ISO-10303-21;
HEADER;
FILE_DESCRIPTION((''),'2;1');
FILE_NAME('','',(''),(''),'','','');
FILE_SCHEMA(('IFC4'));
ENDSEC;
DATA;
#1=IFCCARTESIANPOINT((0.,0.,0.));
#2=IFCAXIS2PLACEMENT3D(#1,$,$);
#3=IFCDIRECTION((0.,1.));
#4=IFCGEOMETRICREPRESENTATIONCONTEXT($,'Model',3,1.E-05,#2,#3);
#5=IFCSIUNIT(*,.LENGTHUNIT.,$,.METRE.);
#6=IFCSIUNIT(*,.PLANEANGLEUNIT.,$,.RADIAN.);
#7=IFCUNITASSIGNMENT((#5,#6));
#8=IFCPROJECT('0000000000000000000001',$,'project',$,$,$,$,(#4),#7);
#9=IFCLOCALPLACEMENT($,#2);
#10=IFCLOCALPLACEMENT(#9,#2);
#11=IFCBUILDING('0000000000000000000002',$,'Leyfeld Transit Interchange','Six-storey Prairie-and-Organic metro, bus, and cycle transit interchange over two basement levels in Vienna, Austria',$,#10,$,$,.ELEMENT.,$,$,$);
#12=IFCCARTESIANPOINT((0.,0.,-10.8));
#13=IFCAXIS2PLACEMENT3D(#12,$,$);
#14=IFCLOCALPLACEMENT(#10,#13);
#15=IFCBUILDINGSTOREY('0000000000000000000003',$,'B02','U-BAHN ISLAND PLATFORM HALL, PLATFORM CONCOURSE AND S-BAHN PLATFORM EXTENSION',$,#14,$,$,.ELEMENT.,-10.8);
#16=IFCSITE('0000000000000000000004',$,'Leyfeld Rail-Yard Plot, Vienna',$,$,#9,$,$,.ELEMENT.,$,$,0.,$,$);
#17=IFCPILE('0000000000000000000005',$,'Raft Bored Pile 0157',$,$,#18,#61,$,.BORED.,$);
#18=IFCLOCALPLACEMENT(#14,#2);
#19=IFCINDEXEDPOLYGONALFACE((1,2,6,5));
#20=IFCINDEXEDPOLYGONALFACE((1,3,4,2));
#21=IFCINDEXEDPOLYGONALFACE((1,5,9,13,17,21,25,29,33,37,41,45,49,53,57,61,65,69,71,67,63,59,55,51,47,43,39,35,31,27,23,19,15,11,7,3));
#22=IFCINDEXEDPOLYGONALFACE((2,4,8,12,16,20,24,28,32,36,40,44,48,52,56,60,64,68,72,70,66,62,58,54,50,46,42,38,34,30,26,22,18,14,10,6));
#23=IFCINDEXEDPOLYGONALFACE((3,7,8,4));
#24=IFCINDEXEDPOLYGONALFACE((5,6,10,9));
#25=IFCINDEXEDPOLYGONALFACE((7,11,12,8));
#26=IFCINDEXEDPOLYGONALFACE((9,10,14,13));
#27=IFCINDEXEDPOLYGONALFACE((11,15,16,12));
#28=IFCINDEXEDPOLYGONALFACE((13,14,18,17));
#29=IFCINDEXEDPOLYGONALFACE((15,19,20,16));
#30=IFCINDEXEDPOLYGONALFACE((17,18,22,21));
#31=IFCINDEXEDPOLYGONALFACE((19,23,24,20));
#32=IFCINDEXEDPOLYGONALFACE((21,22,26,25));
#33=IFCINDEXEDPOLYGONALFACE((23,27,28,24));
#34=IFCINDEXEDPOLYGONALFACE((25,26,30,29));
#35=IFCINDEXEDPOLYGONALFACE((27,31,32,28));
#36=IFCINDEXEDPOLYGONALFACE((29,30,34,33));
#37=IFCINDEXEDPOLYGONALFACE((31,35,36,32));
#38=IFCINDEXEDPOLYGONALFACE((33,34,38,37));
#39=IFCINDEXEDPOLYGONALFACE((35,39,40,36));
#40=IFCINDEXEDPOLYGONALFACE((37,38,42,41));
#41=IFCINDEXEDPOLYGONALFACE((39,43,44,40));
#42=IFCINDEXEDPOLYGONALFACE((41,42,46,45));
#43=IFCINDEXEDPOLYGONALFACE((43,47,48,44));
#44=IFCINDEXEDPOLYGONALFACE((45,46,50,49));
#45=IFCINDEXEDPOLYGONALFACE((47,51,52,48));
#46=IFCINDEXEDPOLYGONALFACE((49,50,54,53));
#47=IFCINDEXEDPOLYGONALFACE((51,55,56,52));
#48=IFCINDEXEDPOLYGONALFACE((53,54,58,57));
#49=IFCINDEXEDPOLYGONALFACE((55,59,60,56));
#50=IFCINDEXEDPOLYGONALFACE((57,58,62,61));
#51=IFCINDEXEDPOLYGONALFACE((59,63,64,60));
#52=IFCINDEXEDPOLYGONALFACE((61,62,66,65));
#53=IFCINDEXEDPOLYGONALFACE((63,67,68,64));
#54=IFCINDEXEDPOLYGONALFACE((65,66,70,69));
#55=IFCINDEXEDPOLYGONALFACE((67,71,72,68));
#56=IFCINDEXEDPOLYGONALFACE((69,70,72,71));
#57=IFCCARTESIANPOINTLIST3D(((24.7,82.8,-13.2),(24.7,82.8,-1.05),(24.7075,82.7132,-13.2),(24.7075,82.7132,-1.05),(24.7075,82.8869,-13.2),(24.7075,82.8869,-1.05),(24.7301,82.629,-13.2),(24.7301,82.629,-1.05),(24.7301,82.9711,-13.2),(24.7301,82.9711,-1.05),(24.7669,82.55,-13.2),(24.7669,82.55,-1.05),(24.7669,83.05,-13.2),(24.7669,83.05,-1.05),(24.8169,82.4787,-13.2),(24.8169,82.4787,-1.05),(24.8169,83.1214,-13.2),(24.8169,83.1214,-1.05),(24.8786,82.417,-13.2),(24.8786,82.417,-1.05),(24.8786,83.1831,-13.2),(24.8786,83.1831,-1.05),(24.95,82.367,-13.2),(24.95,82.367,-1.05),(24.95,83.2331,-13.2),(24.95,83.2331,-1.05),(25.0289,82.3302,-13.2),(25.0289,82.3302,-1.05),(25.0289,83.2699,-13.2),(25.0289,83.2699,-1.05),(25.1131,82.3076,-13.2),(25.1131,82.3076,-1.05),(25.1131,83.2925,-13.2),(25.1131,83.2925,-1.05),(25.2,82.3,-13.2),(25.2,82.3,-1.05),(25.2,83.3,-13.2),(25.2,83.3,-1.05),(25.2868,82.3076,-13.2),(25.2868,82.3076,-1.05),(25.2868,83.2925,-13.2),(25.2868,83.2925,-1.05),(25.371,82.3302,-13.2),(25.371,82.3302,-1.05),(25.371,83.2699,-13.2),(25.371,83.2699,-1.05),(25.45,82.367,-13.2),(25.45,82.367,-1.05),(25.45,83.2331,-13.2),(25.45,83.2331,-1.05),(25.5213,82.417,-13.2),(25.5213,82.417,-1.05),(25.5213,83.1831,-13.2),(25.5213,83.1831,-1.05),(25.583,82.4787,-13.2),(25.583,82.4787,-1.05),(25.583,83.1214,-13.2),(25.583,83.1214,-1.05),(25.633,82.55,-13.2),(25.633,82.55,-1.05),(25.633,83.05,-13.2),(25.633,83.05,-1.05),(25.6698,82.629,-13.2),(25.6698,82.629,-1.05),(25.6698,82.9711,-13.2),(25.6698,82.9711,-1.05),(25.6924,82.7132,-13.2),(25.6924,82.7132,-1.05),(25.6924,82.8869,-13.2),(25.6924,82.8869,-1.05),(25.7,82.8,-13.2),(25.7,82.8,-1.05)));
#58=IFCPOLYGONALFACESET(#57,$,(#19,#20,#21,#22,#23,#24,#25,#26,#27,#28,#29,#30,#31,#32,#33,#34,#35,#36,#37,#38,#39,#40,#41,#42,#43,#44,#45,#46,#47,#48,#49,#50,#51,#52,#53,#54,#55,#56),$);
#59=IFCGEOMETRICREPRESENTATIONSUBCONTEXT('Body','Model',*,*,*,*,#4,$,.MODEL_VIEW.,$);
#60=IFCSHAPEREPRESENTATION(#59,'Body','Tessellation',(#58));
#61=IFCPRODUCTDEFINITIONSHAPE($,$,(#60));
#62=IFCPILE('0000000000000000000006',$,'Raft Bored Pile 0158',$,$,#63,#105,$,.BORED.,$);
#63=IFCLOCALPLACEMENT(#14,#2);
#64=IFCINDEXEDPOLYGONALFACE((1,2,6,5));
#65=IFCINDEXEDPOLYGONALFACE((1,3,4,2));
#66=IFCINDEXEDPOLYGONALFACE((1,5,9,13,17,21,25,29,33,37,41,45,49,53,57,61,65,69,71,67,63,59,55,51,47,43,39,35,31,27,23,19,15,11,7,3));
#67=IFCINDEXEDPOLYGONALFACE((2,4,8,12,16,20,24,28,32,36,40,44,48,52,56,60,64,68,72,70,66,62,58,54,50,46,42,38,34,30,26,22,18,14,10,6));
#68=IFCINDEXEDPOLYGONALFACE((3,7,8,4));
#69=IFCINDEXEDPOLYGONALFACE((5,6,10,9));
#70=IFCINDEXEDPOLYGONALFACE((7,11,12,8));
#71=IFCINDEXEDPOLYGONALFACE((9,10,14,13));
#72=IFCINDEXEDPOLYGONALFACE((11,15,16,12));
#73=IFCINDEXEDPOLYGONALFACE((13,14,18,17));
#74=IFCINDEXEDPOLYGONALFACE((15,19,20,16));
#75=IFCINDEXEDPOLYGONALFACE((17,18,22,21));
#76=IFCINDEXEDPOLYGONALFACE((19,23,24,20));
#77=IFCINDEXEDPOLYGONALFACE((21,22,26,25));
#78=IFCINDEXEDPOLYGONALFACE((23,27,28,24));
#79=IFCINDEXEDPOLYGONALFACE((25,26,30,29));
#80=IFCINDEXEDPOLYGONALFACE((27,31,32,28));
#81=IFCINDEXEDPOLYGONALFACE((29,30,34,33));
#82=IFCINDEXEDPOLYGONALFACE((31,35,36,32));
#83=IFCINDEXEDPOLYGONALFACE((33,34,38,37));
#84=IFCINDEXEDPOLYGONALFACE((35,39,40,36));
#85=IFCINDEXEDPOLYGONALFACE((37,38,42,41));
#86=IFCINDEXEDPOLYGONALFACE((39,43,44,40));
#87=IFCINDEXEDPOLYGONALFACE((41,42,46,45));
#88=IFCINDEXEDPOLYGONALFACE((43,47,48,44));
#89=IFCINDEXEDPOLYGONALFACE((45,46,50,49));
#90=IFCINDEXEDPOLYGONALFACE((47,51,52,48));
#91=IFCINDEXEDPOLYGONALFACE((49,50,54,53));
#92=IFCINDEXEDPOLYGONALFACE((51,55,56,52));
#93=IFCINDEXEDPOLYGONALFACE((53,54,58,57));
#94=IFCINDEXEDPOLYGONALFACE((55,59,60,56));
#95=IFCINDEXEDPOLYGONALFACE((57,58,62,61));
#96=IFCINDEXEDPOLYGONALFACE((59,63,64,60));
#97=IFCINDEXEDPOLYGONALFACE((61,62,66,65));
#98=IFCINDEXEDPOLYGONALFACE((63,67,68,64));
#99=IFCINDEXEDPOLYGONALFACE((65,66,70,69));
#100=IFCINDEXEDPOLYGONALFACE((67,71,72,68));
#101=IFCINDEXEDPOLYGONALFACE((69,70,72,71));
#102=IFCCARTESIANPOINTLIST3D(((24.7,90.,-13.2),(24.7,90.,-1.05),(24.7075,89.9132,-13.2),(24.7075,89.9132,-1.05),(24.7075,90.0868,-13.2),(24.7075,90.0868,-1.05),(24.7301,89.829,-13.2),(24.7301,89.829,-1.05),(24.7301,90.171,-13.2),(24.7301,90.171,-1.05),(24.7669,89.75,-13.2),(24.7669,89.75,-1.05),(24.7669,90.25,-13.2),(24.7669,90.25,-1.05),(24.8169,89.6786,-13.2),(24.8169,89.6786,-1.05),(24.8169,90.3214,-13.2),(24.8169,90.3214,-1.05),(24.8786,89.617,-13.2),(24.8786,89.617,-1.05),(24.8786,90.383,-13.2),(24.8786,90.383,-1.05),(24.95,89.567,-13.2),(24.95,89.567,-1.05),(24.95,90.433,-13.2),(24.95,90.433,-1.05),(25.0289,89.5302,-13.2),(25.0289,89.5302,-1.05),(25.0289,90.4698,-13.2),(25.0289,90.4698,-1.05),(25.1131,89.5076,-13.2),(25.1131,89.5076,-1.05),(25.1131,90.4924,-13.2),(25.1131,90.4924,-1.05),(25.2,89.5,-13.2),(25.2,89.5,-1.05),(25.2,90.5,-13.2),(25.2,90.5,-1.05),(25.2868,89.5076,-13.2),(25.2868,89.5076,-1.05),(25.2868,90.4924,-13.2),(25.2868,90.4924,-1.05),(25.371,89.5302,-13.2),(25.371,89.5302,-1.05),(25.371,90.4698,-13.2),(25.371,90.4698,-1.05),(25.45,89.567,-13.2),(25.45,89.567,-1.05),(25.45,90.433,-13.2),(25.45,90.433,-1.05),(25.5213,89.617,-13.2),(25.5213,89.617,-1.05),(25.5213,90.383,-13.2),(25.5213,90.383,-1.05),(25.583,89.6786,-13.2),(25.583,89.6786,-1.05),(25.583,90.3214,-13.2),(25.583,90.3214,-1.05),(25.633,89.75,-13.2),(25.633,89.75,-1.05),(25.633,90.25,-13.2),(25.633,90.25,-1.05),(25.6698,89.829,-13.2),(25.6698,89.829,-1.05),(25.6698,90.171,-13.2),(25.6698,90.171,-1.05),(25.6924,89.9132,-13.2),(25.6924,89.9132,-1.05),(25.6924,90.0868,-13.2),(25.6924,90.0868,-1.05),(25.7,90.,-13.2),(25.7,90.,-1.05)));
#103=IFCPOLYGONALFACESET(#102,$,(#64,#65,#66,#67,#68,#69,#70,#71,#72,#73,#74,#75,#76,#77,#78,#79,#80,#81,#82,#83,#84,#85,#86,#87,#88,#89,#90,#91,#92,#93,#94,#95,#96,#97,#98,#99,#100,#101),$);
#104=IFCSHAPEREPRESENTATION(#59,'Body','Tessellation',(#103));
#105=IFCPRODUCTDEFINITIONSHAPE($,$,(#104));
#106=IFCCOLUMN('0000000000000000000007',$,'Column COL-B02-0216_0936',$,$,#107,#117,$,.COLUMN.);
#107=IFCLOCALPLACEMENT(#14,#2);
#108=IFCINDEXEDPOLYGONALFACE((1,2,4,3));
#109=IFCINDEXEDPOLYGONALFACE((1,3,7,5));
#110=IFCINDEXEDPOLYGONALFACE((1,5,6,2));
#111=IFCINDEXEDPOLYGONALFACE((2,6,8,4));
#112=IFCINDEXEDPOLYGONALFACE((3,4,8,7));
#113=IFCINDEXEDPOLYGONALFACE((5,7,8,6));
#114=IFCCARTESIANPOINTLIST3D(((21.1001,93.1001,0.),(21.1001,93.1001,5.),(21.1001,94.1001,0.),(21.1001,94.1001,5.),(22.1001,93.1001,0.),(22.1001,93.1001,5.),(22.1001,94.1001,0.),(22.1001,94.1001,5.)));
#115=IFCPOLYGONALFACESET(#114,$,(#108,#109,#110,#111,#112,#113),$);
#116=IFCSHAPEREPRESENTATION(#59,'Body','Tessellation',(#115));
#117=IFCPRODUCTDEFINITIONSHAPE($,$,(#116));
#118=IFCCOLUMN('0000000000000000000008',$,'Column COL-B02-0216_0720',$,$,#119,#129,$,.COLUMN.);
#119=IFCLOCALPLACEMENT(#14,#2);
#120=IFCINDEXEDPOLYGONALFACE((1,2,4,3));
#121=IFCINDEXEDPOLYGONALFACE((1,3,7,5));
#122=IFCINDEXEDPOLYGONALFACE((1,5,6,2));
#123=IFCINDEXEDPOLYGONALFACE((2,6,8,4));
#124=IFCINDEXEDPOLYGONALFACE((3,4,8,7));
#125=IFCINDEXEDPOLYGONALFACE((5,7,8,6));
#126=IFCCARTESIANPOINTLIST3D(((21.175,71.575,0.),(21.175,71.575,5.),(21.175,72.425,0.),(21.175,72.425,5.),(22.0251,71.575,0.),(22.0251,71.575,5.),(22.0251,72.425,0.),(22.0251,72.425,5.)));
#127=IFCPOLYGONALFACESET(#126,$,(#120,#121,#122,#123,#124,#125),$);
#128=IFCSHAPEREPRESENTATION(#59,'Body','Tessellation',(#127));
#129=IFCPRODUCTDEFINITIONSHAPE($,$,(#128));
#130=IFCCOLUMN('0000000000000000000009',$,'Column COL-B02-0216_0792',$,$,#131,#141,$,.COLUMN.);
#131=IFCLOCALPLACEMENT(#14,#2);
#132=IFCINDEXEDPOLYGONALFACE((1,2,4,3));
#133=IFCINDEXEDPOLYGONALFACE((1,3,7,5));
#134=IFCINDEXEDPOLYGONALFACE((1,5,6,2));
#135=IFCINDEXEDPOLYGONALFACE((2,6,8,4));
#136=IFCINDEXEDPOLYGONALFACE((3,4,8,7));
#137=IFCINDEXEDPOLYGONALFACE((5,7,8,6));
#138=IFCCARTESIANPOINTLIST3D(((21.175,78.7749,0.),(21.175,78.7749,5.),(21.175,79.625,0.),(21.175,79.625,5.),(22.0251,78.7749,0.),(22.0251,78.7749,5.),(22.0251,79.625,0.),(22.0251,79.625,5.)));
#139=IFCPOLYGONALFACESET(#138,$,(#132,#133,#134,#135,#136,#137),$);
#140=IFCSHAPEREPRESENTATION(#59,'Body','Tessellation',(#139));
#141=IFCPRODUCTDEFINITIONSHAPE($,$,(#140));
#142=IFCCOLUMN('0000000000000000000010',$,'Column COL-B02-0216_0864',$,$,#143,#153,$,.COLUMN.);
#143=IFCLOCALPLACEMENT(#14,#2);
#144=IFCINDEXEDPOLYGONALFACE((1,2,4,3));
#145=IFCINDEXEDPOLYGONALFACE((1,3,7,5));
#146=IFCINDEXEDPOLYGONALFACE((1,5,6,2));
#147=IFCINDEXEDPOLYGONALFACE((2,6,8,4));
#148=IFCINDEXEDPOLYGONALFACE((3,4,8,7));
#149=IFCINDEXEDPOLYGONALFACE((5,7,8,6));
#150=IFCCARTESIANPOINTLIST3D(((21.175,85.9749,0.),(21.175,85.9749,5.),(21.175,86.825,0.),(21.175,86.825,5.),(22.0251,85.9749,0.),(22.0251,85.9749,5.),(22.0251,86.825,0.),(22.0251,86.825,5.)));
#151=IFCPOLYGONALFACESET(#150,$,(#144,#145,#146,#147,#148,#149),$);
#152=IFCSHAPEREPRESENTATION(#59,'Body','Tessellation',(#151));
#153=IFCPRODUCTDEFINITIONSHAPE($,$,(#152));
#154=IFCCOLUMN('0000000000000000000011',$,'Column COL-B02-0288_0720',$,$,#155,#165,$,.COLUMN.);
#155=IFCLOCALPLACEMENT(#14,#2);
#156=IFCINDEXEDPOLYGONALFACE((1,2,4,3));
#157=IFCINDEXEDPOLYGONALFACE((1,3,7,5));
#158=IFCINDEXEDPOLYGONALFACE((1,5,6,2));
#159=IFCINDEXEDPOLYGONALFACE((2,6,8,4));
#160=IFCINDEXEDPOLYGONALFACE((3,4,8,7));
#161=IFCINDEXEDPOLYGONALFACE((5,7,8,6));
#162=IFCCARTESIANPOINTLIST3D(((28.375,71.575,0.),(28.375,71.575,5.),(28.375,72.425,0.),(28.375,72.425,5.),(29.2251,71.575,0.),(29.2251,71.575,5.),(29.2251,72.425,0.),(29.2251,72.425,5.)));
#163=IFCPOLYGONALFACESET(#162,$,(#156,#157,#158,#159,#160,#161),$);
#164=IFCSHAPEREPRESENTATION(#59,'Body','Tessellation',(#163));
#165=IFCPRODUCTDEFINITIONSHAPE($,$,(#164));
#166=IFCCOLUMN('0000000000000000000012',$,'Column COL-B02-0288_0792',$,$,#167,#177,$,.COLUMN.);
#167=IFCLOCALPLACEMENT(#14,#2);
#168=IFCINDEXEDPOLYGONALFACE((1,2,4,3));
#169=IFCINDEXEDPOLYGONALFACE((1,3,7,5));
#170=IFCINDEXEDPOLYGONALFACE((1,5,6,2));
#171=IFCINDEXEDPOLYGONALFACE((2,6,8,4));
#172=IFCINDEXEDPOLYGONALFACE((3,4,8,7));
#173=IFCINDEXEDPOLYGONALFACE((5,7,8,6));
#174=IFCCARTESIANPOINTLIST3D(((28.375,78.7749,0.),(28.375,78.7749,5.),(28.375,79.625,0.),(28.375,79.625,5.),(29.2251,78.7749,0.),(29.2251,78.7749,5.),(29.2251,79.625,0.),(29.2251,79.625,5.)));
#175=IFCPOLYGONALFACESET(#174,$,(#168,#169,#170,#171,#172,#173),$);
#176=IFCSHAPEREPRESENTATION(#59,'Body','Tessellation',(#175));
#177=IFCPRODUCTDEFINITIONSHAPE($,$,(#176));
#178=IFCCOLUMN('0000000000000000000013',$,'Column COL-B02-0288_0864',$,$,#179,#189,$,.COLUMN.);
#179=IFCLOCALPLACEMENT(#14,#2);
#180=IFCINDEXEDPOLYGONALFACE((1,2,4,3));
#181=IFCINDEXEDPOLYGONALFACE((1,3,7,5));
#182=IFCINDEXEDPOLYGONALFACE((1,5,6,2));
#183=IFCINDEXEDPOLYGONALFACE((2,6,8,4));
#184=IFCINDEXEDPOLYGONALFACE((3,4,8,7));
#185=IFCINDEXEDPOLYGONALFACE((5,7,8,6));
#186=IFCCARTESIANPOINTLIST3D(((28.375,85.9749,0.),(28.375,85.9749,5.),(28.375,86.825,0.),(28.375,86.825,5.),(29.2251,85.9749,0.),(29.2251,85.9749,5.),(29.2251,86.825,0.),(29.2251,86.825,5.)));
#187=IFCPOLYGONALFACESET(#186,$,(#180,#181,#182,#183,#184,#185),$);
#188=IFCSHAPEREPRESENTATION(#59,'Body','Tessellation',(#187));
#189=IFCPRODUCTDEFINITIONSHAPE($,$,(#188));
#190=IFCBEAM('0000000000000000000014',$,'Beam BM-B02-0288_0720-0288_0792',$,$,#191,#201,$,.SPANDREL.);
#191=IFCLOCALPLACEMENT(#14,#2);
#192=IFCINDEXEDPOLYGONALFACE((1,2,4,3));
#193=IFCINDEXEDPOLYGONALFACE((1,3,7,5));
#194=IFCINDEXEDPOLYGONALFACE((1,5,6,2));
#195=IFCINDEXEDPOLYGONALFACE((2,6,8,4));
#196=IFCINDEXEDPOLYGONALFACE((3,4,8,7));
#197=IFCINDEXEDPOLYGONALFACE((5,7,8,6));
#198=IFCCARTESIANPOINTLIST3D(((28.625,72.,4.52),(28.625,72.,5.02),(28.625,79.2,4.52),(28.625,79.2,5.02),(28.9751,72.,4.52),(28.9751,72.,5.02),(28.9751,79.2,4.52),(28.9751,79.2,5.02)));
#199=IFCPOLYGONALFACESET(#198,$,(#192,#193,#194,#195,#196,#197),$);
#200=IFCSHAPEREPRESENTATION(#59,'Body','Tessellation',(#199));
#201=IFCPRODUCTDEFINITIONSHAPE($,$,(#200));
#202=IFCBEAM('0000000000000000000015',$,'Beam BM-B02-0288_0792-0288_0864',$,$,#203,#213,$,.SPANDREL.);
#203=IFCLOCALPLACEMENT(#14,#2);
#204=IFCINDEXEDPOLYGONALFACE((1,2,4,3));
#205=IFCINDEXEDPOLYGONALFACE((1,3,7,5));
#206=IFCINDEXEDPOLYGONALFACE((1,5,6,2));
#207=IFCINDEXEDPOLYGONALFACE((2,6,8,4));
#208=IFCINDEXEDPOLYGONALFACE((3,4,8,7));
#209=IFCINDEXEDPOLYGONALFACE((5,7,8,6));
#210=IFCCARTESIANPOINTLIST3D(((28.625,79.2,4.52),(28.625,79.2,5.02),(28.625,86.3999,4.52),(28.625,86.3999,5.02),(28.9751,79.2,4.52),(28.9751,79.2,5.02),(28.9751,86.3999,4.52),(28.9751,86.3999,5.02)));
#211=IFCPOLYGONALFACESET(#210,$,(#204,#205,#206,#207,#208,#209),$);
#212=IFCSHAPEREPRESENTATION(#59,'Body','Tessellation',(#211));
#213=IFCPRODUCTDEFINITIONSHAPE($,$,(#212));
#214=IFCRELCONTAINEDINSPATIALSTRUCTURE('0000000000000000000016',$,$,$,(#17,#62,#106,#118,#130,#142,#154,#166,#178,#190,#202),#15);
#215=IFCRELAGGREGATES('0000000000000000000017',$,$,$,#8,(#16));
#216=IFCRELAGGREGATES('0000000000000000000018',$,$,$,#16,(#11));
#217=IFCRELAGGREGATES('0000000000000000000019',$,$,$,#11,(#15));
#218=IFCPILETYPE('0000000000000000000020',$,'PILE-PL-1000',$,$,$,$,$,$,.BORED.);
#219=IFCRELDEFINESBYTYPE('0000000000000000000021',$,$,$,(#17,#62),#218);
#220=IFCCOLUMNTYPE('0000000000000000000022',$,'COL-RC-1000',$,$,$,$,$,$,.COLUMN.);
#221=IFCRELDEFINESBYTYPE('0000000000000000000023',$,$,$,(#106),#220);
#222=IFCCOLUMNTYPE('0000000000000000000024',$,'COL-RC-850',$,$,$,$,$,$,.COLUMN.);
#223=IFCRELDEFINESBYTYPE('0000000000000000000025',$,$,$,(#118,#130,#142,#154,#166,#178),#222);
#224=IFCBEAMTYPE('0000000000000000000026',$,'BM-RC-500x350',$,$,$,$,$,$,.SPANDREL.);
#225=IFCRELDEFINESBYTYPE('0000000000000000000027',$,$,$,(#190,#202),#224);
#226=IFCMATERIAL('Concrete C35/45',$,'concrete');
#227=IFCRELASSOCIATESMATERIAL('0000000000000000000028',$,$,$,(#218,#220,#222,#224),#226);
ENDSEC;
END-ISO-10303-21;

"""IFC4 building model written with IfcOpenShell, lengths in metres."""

from ifc_helpers import new_model, si_unit, direction, frame, origin, origin_2d, place, context, subcontext, project, spatial, rectangle, circle, extrude, material, material_profile, profile_set, type_object, element, save


model = new_model("IFC4")

# Units and contexts
model_context = context("Model", 3, precision=1e-05, world=origin(), true_north=direction((0.0, 1.0)))
body_context = subcontext(model_context, "Body", "Model", "MODEL_VIEW")
ifc_project = project(units=[si_unit("LENGTHUNIT", "METRE"), si_unit("PLANEANGLEUNIT", "RADIAN")], contexts=[model_context])

# Site, building, storey
site_placement = place(None, origin())
site = spatial("IfcSite", under=ifc_project, at=site_placement, Name="Leyfeld Rail-Yard Plot, Vienna", CompositionType="ELEMENT", RefElevation=0.0)
building_placement = place(site_placement, origin())
building = spatial("IfcBuilding", under=site, at=building_placement, Name="Leyfeld Transit Interchange", Description="Six-storey Prairie-and-Organic metro, bus, and cycle transit interchange over two basement levels in Vienna, Austria", CompositionType="ELEMENT")
storey_placement = place(building_placement, frame((0.0, 0.0, -10.8)))
storey = spatial("IfcBuildingStorey", under=building, at=storey_placement, Name="B02", Description="U-BAHN ISLAND PLATFORM HALL, PLATFORM CONCOURSE AND S-BAHN PLATFORM EXTENSION", CompositionType="ELEMENT", Elevation=-10.8)

# Piles
ifc_material_1 = material(Name="Concrete C35/45", Category="concrete")
ifc_material_profile_1 = material_profile(ifc_material_1, circle(Radius=0.5, at=origin_2d()), Name="PILE D1000")
ifc_profile_set_1 = profile_set([ifc_material_profile_1], Name="Concrete C35/45")
pile_type = type_object("IfcPileType", Name="PILE-PL-1000", PredefinedType="BORED", material=ifc_profile_set_1)
for number, where, z_axis, x_axis, name in (
    (1, (25.2, 82.8, -1.05), (0.0, 0.0, -1.0), (1.0, 0.0, 0.0), "Raft Bored Pile 0157"),
    (2, (25.2, 90.0, -1.05), (0.0, 0.0, -1.0), (1.0, 0.0, 0.0), "Raft Bored Pile 0158"),
):
    element("IfcPile", number, at=place(storey_placement, frame(where, z_axis=z_axis, x_axis=x_axis)), inside=storey, type_object=pile_type, Name=name, PredefinedType="BORED", context=body_context, shape_type="SweptSolid", body=[
        extrude(circle(Radius=0.5, at=origin_2d()), origin(), (0.0, 0.0, 1.0), 12.1499),
    ])

# Columns
ifc_material_profile_2 = material_profile(ifc_material_1, rectangle(XDim=1.0, YDim=1.0, at=origin_2d()), Name="RC 1000x1000")
ifc_profile_set_2 = profile_set([ifc_material_profile_2], Name="Concrete C35/45")
column_type_1 = type_object("IfcColumnType", Name="COL-RC-1000", PredefinedType="COLUMN", material=ifc_profile_set_2)
column_placement = place(storey_placement, frame((21.6001, 93.6001, 0.0), z_axis=(0.0, 0.0, 1.0), x_axis=(1.0, 0.0, 0.0)))
element("IfcColumn", 3, at=column_placement, inside=storey, type_object=column_type_1, Name="Column COL-B02-0216_0936", PredefinedType="COLUMN", context=body_context, shape_type="SweptSolid", body=[
    extrude(rectangle(XDim=1.0, YDim=1.0, at=origin_2d()), origin(), (0.0, 0.0, 1.0), 5.0),
])
ifc_material_profile_3 = material_profile(ifc_material_1, rectangle(XDim=0.8501, YDim=0.8501, at=origin_2d()), Name="RC 850x850")
ifc_profile_set_3 = profile_set([ifc_material_profile_3], Name="Concrete C35/45")
column_type_2 = type_object("IfcColumnType", Name="COL-RC-850", PredefinedType="COLUMN", material=ifc_profile_set_3)
for number, where, z_axis, x_axis, name in (
    (4, (21.6001, 72.0, 0.0), (0.0, 0.0, 1.0), (1.0, 0.0, 0.0), "Column COL-B02-0216_0720"),
    (5, (21.6001, 79.2, 0.0), (0.0, 0.0, 1.0), (1.0, 0.0, 0.0), "Column COL-B02-0216_0792"),
    (6, (21.6001, 86.3999, 0.0), (0.0, 0.0, 1.0), (1.0, 0.0, 0.0), "Column COL-B02-0216_0864"),
    (7, (28.8, 72.0, 0.0), (0.0, 0.0, 1.0), (1.0, 0.0, 0.0), "Column COL-B02-0288_0720"),
    (8, (28.8, 79.2, 0.0), (0.0, 0.0, 1.0), (1.0, 0.0, 0.0), "Column COL-B02-0288_0792"),
    (9, (28.8, 86.3999, 0.0), (0.0, 0.0, 1.0), (1.0, 0.0, 0.0), "Column COL-B02-0288_0864"),
):
    element("IfcColumn", number, at=place(storey_placement, frame(where, z_axis=z_axis, x_axis=x_axis)), inside=storey, type_object=column_type_2, Name=name, PredefinedType="COLUMN", context=body_context, shape_type="SweptSolid", body=[
        extrude(rectangle(XDim=0.8501, YDim=0.8501, at=origin_2d()), origin(), (0.0, 0.0, 1.0), 5.0),
    ])

# Beams
ifc_material_profile_4 = material_profile(ifc_material_1, rectangle(XDim=0.3501, YDim=0.5, at=origin_2d()), Name="RC 500x350")
ifc_profile_set_4 = profile_set([ifc_material_profile_4], Name="Concrete C35/45")
beam_type_1 = type_object("IfcBeamType", Name="BM-RC-500x350", PredefinedType="SPANDREL", material=ifc_profile_set_4)
for number, where, z_axis, x_axis, name in (
    (10, (28.8, 72.0, 4.77), (0.0, 1.0, 0.0), (-1.0, 0.0, 0.0), "Beam BM-B02-0288_0720-0288_0792"),
    (11, (28.8, 79.2, 4.77), (0.0, 1.0, 0.0), (-1.0, 0.0, 0.0), "Beam BM-B02-0288_0792-0288_0864"),
):
    element("IfcBeam", number, at=place(storey_placement, frame(where, z_axis=z_axis, x_axis=x_axis)), inside=storey, type_object=beam_type_1, Name=name, PredefinedType="SPANDREL", context=body_context, shape_type="SweptSolid", body=[
        extrude(rectangle(XDim=0.3501, YDim=0.5, at=origin_2d()), origin(), (0.0, 0.0, 1.0), 7.2),
    ])

save(model, "model.ifc")
